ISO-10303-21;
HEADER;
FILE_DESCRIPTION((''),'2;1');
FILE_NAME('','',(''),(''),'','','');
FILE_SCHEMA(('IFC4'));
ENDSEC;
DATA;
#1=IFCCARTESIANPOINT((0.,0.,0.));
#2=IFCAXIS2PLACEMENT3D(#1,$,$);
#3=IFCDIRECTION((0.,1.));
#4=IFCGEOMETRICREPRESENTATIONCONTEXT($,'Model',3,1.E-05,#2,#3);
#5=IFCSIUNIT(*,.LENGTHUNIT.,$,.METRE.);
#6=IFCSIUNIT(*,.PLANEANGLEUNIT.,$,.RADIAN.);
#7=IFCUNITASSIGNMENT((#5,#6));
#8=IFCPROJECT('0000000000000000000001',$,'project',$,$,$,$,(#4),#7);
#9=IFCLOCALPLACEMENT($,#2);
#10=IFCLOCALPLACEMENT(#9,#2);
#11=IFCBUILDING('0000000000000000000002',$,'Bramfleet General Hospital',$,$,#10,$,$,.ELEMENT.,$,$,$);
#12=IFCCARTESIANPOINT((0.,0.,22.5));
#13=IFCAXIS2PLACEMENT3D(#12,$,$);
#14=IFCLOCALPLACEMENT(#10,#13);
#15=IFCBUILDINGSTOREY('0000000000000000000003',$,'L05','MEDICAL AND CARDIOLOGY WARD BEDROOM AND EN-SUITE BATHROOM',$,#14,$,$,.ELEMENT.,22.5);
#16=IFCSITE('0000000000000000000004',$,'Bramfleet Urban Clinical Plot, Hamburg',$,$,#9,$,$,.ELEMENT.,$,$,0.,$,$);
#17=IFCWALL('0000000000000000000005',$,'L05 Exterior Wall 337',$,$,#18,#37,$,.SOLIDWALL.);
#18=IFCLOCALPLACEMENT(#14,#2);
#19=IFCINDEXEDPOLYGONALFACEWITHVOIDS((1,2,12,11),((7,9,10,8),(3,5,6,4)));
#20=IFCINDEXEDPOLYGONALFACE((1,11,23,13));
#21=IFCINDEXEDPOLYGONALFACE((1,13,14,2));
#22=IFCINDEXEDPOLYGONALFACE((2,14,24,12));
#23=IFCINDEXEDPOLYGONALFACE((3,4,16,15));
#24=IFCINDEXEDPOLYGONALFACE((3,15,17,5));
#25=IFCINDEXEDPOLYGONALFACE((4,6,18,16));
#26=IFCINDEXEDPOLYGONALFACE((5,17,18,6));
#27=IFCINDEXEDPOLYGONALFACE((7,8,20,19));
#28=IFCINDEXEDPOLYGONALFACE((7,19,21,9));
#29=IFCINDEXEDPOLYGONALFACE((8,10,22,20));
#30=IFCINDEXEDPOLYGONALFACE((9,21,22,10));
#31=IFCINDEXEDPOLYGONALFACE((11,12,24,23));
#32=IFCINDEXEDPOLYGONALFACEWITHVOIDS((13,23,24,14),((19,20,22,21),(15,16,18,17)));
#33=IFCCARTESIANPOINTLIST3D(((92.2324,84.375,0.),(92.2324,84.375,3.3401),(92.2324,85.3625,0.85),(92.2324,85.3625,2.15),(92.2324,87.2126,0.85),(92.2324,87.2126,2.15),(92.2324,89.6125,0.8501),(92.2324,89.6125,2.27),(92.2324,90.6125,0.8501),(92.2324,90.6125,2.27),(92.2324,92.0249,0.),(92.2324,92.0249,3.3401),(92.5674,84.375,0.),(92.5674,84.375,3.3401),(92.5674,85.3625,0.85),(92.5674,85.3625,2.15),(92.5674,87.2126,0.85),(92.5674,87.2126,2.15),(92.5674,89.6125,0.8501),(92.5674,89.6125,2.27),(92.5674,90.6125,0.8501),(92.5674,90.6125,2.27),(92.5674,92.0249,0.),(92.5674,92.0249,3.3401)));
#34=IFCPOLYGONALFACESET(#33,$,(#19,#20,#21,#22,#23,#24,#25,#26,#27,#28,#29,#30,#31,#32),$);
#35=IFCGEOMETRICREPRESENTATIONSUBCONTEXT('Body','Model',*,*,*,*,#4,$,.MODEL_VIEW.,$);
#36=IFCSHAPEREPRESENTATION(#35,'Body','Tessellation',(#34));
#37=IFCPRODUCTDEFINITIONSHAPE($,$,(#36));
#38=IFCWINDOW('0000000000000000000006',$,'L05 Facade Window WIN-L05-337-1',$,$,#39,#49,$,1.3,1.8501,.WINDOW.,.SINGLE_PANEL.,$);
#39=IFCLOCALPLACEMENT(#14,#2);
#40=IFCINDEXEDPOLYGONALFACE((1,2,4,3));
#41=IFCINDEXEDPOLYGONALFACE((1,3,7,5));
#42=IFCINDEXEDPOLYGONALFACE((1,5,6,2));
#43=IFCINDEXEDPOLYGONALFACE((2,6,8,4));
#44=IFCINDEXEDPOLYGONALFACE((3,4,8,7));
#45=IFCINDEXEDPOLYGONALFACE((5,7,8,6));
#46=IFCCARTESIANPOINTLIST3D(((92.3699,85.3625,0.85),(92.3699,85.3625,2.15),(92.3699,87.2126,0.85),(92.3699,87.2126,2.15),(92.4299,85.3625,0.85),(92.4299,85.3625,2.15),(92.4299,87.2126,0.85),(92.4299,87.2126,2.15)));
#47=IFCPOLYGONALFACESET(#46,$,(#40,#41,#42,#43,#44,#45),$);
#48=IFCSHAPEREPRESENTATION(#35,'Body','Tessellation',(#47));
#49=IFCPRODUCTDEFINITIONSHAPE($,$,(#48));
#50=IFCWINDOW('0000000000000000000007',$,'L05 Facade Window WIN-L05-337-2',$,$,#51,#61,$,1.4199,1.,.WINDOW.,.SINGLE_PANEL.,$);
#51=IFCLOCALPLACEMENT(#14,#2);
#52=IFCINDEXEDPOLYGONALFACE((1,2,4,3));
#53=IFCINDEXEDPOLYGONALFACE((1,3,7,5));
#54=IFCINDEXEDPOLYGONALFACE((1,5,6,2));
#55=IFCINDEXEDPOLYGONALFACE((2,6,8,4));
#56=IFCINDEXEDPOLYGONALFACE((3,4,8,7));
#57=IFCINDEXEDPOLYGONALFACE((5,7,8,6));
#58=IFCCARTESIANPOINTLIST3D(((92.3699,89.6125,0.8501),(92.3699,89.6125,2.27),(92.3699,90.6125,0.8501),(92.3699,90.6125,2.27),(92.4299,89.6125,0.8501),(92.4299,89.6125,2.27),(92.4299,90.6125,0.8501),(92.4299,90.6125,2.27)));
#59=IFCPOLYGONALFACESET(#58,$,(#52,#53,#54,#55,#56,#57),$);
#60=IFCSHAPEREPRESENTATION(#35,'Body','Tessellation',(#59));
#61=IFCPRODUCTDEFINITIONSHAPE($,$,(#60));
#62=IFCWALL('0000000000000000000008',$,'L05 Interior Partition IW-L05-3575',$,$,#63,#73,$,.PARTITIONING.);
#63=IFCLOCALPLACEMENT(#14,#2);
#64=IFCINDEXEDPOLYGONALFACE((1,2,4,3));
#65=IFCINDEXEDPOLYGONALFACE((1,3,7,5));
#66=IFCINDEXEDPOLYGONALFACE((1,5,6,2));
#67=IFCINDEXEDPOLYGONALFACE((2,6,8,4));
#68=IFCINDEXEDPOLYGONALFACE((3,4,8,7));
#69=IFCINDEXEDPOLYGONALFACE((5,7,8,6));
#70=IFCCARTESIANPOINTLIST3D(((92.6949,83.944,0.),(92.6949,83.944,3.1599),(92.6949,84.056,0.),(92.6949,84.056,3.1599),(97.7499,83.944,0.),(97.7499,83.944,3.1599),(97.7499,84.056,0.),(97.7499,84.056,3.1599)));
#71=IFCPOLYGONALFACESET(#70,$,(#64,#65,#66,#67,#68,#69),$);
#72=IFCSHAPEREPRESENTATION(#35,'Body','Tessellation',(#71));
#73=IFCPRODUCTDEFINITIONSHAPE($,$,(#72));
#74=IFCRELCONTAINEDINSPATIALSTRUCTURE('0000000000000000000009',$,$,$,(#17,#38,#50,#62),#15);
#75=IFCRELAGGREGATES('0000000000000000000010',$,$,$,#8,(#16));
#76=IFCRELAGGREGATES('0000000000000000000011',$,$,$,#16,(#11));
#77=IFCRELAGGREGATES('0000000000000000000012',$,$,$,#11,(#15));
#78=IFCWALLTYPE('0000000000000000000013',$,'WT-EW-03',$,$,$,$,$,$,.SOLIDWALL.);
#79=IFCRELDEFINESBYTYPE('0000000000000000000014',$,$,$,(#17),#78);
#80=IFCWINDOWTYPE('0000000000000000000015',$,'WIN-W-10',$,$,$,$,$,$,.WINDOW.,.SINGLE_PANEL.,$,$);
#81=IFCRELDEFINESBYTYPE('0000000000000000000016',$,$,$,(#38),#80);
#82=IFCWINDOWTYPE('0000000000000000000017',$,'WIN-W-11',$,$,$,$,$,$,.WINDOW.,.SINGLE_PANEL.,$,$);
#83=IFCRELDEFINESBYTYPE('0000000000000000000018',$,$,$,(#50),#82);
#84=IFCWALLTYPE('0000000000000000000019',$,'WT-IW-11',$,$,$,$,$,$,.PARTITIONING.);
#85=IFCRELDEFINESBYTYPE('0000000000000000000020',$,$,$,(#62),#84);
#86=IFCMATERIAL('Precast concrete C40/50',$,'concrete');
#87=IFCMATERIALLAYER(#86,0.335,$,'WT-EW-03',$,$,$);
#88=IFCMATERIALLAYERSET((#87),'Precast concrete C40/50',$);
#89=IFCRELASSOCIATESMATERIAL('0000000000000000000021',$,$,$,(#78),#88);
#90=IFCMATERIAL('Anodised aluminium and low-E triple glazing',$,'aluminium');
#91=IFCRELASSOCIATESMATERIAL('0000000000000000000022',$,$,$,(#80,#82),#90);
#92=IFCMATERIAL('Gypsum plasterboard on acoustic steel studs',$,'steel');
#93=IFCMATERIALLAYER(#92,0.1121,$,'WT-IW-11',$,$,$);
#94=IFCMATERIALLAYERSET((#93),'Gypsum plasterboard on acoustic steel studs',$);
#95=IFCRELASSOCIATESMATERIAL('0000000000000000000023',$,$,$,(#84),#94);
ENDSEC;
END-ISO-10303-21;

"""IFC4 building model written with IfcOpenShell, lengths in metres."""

from ifc_helpers import new_model, si_unit, direction, frame, frame_2d, origin, place, context, subcontext, project, spatial, rectangle, extrude, material, layer, layer_set, type_object, element, fill, save


model = new_model("IFC4")

# Units and contexts
model_context = context("Model", 3, precision=1e-05, world=origin(), true_north=direction((0.0, 1.0)))
body_context = subcontext(model_context, "Body", "Model", "MODEL_VIEW")
ifc_project = project(units=[si_unit("LENGTHUNIT", "METRE"), si_unit("PLANEANGLEUNIT", "RADIAN")], contexts=[model_context])

# Site, building, storey
site_placement = place(None, origin())
site = spatial("IfcSite", under=ifc_project, at=site_placement, Name="Bramfleet Urban Clinical Plot, Hamburg", CompositionType="ELEMENT", RefElevation=0.0)
building_placement = place(site_placement, origin())
building = spatial("IfcBuilding", under=site, at=building_placement, Name="Bramfleet General Hospital", CompositionType="ELEMENT")
storey_placement = place(building_placement, frame((0.0, 0.0, 22.5)))
storey = spatial("IfcBuildingStorey", under=building, at=storey_placement, Name="L05", Description="MEDICAL AND CARDIOLOGY WARD BEDROOM AND EN-SUITE BATHROOM", CompositionType="ELEMENT", Elevation=22.5)

# Shared definitions
ifc_material_1 = material(Name="Anodised aluminium and low-E triple glazing", Category="aluminium")

# Wall, openings, windows
ifc_material_2 = material(Name="Precast concrete C40/50", Category="concrete")
ifc_layer_1 = layer(ifc_material_2, 0.335, Name="WT-EW-03")
ifc_layer_set_1 = layer_set([ifc_layer_1], Name="Precast concrete C40/50")
wall_type_1 = type_object("IfcWallType", Name="WT-EW-03", PredefinedType="SOLIDWALL", material=ifc_layer_set_1)
wall_1_placement = place(storey_placement, frame((92.3999, 84.375, 0.0), z_axis=(0.0, 0.0, 1.0), x_axis=(0.0, 1.0, 0.0)))
wall_1 = element("IfcWall", 1, at=wall_1_placement, inside=storey, type_object=wall_type_1, Name="L05 Exterior Wall 337", PredefinedType="SOLIDWALL", context=body_context, shape_type="SweptSolid", body=[
    extrude(rectangle(XDim=7.6499, YDim=0.335, at=frame_2d((3.825, 0.0))), origin(), (0.0, 0.0, 1.0), 3.3401),
])
opening_1_placement = place(wall_1_placement, frame((0.9875, 0.0, 0.8501)))
opening_1 = element("IfcOpeningElement", 2, at=opening_1_placement, cuts=wall_1, PredefinedType="OPENING", context=body_context, shape_type="SweptSolid", body=[
    extrude(rectangle(XDim=1.8501, YDim=1.3, at=frame_2d((0.925, 0.6499))), frame((0.0, 0.1775, 0.0), z_axis=(0.0, -1.0, 0.0), x_axis=(1.0, 0.0, 0.0)), (0.0, 0.0, 1.0), 0.355),
])
opening_2_placement = place(wall_1_placement, frame((5.2375, 0.0, 0.8501)))
opening_2 = element("IfcOpeningElement", 3, at=opening_2_placement, cuts=wall_1, PredefinedType="OPENING", context=body_context, shape_type="SweptSolid", body=[
    extrude(rectangle(XDim=1.0, YDim=1.4199, at=frame_2d((0.5, 0.71))), frame((0.0, 0.1775, 0.0), z_axis=(0.0, -1.0, 0.0), x_axis=(1.0, 0.0, 0.0)), (0.0, 0.0, 1.0), 0.355),
])
window_type_1 = type_object("IfcWindowType", Name="WIN-W-10", PartitioningType="SINGLE_PANEL", PredefinedType="WINDOW", material=ifc_material_1)
window_1_placement = place(opening_1_placement, origin())
window_1 = element("IfcWindow", 4, at=window_1_placement, inside=storey, type_object=window_type_1, Name="L05 Facade Window WIN-L05-337-1", OverallHeight=1.3, OverallWidth=1.8501, PartitioningType="SINGLE_PANEL", PredefinedType="WINDOW", context=body_context, shape_type="SweptSolid", body=[
    extrude(rectangle(XDim=1.8501, YDim=1.3, at=frame_2d((0.925, 0.6499))), frame((0.0, 0.03, 0.0), z_axis=(0.0, -1.0, 0.0), x_axis=(1.0, 0.0, 0.0)), (0.0, 0.0, 1.0), 0.0601),
])
fill(opening_1, window_1)
window_type_2 = type_object("IfcWindowType", Name="WIN-W-11", PartitioningType="SINGLE_PANEL", PredefinedType="WINDOW", material=ifc_material_1)
window_2_placement = place(opening_2_placement, origin())
window_2 = element("IfcWindow", 5, at=window_2_placement, inside=storey, type_object=window_type_2, Name="L05 Facade Window WIN-L05-337-2", OverallHeight=1.4199, OverallWidth=1.0, PartitioningType="SINGLE_PANEL", PredefinedType="WINDOW", context=body_context, shape_type="SweptSolid", body=[
    extrude(rectangle(XDim=1.0, YDim=1.4199, at=frame_2d((0.5, 0.71))), frame((0.0, 0.03, 0.0), z_axis=(0.0, -1.0, 0.0), x_axis=(1.0, 0.0, 0.0)), (0.0, 0.0, 1.0), 0.0601),
])
fill(opening_2, window_2)

# Wall
ifc_material_3 = material(Name="Gypsum plasterboard on acoustic steel studs", Category="steel")
ifc_layer_2 = layer(ifc_material_3, 0.1121, Name="WT-IW-11")
ifc_layer_set_2 = layer_set([ifc_layer_2], Name="Gypsum plasterboard on acoustic steel studs")
wall_type_2 = type_object("IfcWallType", Name="WT-IW-11", PredefinedType="PARTITIONING", material=ifc_layer_set_2)
wall_2_placement = place(storey_placement, frame((92.6951, 84.0, 0.0), z_axis=(0.0, 0.0, 1.0), x_axis=(1.0, 0.0, 0.0)))
element("IfcWall", 6, at=wall_2_placement, inside=storey, type_object=wall_type_2, Name="L05 Interior Partition IW-L05-3575", PredefinedType="PARTITIONING", context=body_context, shape_type="SweptSolid", body=[
    extrude(rectangle(XDim=5.0549, YDim=0.1121, at=frame_2d((2.5273, 0.0))), origin(), (0.0, 0.0, 1.0), 3.1599),
])

save(model, "model.ifc")
